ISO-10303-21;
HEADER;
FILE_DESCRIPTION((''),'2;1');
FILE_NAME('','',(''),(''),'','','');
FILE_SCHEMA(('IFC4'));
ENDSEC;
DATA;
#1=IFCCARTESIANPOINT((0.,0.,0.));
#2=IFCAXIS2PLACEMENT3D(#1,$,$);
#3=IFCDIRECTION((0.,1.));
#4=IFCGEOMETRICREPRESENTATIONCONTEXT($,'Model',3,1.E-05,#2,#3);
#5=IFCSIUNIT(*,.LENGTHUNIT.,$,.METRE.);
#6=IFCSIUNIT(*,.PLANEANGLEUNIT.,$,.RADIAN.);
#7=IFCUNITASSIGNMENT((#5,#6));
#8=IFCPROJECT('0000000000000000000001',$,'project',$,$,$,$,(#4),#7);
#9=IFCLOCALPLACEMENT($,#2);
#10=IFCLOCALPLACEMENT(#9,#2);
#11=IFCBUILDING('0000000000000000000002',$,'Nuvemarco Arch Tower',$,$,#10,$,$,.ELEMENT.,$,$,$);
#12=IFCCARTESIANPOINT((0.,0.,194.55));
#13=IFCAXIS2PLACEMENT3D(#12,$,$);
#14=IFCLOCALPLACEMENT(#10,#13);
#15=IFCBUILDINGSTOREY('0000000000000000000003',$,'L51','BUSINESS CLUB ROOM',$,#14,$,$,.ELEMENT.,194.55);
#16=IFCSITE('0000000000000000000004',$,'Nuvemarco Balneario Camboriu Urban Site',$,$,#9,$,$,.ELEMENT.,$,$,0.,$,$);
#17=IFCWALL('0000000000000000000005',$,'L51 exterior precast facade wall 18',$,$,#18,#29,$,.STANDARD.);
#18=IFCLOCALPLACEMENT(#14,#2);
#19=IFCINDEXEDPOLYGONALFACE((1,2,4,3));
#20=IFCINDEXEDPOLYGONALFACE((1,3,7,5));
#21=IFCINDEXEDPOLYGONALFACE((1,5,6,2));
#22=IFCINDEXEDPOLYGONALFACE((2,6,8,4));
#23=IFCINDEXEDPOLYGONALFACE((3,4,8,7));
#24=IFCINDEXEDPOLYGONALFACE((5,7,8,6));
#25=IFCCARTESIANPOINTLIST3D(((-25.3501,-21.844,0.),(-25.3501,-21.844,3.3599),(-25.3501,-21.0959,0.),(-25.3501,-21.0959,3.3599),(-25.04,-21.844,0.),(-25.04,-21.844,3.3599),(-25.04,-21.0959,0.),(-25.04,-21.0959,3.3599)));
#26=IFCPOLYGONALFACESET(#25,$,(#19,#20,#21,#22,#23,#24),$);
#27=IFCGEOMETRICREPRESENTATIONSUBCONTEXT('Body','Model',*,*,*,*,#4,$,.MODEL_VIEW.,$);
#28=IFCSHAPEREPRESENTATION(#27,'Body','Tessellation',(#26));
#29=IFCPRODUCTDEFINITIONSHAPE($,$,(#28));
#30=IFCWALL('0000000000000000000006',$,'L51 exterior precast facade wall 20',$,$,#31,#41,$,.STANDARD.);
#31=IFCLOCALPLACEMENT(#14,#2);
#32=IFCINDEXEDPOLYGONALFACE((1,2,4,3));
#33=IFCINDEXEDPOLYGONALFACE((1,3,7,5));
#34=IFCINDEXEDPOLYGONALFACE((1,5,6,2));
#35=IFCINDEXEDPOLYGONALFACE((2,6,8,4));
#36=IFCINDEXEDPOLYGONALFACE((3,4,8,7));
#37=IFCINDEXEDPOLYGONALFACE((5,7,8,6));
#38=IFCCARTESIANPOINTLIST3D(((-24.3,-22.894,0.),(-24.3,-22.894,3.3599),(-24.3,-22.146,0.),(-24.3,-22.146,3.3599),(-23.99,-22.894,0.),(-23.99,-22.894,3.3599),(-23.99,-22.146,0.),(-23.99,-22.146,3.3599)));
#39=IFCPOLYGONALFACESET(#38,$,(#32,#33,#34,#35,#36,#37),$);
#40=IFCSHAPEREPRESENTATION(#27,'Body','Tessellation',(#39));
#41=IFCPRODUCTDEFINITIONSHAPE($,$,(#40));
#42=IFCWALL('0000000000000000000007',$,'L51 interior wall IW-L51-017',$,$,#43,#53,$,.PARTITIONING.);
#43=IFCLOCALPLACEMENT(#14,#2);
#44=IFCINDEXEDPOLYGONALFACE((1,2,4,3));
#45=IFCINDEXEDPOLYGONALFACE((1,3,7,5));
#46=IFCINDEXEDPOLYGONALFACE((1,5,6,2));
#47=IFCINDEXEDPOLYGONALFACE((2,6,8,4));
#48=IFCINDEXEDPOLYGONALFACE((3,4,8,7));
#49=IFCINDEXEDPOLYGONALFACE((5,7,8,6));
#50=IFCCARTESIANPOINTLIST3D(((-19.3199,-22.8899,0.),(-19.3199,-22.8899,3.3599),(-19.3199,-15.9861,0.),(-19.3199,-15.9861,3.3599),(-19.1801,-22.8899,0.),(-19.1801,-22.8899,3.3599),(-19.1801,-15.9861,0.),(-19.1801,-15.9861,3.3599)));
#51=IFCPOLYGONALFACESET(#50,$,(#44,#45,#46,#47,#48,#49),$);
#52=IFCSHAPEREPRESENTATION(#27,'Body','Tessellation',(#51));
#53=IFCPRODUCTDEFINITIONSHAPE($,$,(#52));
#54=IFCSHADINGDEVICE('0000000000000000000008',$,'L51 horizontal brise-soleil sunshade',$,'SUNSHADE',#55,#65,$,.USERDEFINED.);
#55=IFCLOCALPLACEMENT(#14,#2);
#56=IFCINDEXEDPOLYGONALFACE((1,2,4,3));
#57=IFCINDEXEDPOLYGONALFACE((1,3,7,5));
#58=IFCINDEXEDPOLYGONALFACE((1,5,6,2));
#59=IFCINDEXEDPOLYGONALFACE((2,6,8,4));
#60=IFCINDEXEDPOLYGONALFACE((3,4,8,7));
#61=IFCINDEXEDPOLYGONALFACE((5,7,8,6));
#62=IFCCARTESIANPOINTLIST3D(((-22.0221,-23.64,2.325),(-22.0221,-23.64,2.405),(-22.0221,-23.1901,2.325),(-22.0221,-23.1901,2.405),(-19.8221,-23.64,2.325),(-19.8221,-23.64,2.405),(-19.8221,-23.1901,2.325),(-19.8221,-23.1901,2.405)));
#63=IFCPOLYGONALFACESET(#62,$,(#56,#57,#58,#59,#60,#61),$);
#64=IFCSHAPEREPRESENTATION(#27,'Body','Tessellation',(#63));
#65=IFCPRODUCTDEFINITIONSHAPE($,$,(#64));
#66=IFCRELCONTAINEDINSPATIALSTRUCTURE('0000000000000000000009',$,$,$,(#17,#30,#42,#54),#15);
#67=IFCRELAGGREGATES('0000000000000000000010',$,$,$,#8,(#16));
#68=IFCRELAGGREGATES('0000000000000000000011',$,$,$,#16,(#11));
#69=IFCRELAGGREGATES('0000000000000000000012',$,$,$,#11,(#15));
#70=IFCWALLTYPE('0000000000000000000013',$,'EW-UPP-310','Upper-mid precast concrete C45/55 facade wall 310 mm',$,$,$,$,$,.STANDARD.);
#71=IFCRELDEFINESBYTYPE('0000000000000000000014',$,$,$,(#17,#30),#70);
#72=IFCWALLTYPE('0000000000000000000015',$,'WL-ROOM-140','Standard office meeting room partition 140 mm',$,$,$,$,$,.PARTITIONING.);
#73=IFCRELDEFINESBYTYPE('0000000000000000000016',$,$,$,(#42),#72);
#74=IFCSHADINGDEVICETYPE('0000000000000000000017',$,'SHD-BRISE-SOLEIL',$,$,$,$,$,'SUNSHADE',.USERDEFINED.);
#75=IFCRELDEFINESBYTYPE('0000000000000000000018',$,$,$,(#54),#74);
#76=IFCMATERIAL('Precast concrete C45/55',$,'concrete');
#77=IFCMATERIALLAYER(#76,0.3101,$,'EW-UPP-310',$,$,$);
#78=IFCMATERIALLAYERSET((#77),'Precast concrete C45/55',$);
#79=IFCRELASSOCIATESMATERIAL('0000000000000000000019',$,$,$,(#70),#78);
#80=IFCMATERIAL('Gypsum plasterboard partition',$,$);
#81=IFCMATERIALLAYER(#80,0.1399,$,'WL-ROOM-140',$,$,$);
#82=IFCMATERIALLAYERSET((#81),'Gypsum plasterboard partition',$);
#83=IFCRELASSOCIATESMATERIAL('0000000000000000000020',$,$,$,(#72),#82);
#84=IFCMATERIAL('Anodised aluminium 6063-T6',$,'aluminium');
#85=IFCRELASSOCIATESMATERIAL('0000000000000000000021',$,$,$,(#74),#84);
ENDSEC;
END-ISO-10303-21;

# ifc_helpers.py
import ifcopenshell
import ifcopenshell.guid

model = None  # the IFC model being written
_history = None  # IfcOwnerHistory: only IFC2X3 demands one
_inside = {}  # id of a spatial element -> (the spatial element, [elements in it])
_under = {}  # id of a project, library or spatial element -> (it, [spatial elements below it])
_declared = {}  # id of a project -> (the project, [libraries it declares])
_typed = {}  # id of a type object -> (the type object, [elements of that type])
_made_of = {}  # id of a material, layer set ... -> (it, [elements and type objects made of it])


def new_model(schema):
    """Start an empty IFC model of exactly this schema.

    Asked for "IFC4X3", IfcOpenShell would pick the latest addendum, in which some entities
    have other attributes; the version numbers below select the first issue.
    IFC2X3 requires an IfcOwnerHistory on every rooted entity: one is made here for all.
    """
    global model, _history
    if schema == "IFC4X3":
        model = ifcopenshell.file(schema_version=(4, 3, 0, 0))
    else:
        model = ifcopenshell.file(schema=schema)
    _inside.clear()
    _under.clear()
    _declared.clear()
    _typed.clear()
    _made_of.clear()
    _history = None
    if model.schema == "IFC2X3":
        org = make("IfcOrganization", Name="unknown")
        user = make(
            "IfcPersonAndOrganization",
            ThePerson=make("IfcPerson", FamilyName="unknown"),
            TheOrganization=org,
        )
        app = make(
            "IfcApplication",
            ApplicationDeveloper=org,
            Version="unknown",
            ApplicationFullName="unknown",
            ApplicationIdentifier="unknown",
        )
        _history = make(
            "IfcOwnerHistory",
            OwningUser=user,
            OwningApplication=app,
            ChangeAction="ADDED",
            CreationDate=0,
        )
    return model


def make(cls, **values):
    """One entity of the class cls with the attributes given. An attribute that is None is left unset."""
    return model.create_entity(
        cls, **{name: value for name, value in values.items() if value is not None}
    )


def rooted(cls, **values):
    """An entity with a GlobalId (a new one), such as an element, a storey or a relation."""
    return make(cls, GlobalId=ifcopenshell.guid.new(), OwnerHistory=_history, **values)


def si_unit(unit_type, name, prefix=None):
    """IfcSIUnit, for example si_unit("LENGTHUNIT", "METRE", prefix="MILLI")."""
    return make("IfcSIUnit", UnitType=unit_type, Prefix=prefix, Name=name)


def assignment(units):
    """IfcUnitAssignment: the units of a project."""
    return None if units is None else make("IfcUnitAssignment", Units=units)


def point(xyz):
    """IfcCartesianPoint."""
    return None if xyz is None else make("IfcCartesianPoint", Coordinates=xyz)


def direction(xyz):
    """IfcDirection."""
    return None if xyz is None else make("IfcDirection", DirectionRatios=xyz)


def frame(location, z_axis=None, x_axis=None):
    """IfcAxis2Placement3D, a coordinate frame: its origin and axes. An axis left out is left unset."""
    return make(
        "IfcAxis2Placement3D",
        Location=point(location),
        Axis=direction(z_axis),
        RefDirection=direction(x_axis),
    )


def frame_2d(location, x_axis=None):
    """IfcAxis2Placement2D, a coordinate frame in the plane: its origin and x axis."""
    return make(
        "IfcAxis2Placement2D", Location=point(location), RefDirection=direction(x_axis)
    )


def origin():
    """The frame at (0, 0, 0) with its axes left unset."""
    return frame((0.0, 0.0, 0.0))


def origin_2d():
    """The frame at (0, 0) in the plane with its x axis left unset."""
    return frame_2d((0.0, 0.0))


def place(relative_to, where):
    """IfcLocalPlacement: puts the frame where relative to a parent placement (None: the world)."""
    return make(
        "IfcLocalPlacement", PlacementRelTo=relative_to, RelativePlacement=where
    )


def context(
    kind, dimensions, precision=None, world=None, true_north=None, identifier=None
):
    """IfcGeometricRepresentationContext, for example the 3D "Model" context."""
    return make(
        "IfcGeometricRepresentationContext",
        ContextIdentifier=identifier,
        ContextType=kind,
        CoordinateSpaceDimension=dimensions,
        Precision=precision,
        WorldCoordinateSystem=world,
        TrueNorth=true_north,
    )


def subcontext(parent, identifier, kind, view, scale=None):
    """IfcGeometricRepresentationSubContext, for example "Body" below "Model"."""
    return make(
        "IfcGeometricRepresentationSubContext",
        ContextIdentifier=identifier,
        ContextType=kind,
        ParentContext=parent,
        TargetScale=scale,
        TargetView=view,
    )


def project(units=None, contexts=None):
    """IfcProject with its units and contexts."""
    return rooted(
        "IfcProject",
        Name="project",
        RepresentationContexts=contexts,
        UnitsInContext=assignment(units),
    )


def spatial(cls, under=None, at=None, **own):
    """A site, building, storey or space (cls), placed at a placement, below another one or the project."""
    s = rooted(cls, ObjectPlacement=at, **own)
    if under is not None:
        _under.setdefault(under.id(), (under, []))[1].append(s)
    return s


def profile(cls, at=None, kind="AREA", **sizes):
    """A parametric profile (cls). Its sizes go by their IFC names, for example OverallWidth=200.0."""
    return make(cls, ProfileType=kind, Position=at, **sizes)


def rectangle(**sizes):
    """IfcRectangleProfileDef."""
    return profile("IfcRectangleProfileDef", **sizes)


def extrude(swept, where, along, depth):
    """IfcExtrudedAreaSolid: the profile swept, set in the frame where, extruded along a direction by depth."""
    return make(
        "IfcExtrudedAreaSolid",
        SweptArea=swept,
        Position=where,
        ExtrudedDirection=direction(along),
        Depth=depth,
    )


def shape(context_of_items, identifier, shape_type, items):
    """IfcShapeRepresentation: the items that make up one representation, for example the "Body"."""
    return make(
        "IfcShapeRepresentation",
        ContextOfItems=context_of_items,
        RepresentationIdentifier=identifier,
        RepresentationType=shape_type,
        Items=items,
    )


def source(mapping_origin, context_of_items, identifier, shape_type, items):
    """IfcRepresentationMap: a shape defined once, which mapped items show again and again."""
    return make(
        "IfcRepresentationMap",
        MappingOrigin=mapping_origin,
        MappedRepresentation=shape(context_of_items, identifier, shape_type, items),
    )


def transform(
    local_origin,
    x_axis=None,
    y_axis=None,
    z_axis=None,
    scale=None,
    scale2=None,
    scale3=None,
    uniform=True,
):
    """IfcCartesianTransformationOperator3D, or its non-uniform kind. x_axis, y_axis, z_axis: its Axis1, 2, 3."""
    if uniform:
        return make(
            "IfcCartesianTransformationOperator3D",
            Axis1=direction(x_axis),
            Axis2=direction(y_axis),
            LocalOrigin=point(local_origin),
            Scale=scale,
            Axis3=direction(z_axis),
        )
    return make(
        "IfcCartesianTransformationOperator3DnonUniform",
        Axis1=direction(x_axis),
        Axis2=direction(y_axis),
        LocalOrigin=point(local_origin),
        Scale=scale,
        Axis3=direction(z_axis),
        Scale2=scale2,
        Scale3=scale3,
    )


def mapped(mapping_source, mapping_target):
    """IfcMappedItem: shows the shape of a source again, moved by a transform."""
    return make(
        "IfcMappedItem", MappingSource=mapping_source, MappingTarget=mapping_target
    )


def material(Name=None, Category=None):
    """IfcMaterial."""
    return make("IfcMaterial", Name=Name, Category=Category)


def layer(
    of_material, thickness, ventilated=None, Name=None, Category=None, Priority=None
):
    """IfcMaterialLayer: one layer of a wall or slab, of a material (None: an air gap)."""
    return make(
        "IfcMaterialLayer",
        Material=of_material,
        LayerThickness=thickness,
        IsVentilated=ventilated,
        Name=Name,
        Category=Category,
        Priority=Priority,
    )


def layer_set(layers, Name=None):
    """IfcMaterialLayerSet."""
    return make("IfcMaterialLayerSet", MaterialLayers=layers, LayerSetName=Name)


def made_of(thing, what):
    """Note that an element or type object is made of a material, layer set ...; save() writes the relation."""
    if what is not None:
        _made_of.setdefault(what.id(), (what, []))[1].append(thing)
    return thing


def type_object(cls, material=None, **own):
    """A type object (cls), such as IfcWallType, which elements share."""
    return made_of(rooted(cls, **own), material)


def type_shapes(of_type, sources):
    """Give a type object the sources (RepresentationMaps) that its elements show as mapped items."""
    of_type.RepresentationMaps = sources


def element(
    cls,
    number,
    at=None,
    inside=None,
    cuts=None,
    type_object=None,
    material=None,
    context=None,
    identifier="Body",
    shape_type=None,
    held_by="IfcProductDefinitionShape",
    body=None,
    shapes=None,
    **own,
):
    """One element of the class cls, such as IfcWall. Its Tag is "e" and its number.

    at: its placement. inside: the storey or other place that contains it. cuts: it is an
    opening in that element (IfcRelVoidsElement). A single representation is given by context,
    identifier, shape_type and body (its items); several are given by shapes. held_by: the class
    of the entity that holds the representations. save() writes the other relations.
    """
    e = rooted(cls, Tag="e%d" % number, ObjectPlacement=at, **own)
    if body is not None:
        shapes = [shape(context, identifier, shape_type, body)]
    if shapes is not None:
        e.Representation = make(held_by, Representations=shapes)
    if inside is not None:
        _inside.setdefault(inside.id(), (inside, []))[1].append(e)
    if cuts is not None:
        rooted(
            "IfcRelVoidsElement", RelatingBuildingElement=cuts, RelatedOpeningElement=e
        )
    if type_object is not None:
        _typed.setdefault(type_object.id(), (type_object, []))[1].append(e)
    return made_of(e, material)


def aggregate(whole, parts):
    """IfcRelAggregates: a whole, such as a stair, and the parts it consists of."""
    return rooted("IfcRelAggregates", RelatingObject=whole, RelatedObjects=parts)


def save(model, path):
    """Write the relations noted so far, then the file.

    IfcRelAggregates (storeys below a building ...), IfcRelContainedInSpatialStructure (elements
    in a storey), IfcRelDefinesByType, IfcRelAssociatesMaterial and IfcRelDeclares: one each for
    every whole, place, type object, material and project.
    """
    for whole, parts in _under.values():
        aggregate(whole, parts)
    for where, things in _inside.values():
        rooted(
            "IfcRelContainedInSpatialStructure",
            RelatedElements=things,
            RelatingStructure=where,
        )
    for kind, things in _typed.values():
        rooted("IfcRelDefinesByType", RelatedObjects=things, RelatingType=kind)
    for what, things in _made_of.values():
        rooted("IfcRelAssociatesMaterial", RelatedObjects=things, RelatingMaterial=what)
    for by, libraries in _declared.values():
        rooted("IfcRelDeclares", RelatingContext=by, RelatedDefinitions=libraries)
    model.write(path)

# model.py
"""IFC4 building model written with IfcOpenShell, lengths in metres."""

from ifc_helpers import new_model, si_unit, direction, frame, frame_2d, origin, origin_2d, place, context, subcontext, project, spatial, rectangle, extrude, source, transform, mapped, material, layer, layer_set, type_object, type_shapes, element, save


model = new_model("IFC4")

# Units and contexts
model_context = context("Model", 3, precision=1e-05, world=origin(), true_north=direction((0.0, 1.0)))
body_context = subcontext(model_context, "Body", "Model", "MODEL_VIEW")
ifc_project = project(units=[si_unit("LENGTHUNIT", "METRE"), si_unit("PLANEANGLEUNIT", "RADIAN")], contexts=[model_context])

# Site, building, storey
site_placement = place(None, origin())
site = spatial("IfcSite", under=ifc_project, at=site_placement, Name="Nuvemarco Balneario Camboriu Urban Site", CompositionType="ELEMENT", RefElevation=0.0)
building_placement = place(site_placement, origin())
building = spatial("IfcBuilding", under=site, at=building_placement, Name="Nuvemarco Arch Tower", CompositionType="ELEMENT")
storey_placement = place(building_placement, frame((0.0, 0.0, 194.55)))
storey = spatial("IfcBuildingStorey", under=building, at=storey_placement, Name="L51", Description="BUSINESS CLUB ROOM", CompositionType="ELEMENT", Elevation=194.55)

# Shared definitions
ifc_material_1 = material(Name="Precast concrete C45/55", Category="concrete")
ifc_layer_1 = layer(ifc_material_1, 0.3101, Name="EW-UPP-310")
ifc_layer_set_1 = layer_set([ifc_layer_1], Name="Precast concrete C45/55")
wall_type_1 = type_object("IfcWallType", Name="EW-UPP-310", Description="Upper-mid precast concrete C45/55 facade wall 310 mm", PredefinedType="STANDARD", material=ifc_layer_set_1)

# Walls
for number, where, z_axis, x_axis, name in (
    (1, (-25.1951, -21.844, 0.0), (0.0, 0.0, 1.0), (0.0, 1.0, 0.0), "L51 exterior precast facade wall 18"),
    (2, (-24.145, -22.894, 0.0), (0.0, 0.0, 1.0), (0.0, 1.0, 0.0), "L51 exterior precast facade wall 20"),
):
    element("IfcWall", number, at=place(storey_placement, frame(where, z_axis=z_axis, x_axis=x_axis)), inside=storey, type_object=wall_type_1, Name=name, PredefinedType="STANDARD", context=body_context, shape_type="SweptSolid", body=[
        extrude(rectangle(XDim=0.748, YDim=0.3101, at=frame_2d((0.374, 0.0))), origin(), (0.0, 0.0, 1.0), 3.3599),
    ])
ifc_material_2 = material(Name="Gypsum plasterboard partition")
ifc_layer_2 = layer(ifc_material_2, 0.1399, Name="WL-ROOM-140")
ifc_layer_set_2 = layer_set([ifc_layer_2], Name="Gypsum plasterboard partition")
wall_type_2 = type_object("IfcWallType", Name="WL-ROOM-140", Description="Standard office meeting room partition 140 mm", PredefinedType="PARTITIONING", material=ifc_layer_set_2)
wall_1_placement = place(storey_placement, frame((-19.25, -22.8899, 0.0), z_axis=(0.0, 0.0, 1.0), x_axis=(0.0, 1.0, 0.0)))
element("IfcWall", 3, at=wall_1_placement, inside=storey, type_object=wall_type_2, Name="L51 interior wall IW-L51-017", PredefinedType="PARTITIONING", context=body_context, shape_type="SweptSolid", body=[
    extrude(rectangle(XDim=6.9038, YDim=0.1399, at=frame_2d((3.4519, 0.0))), origin(), (0.0, 0.0, 1.0), 3.3599),
])

# Shading device
ifc_material_3 = material(Name="Anodised aluminium 6063-T6", Category="aluminium")
shading_device_type = type_object("IfcShadingDeviceType", Name="SHD-BRISE-SOLEIL", ElementType="SUNSHADE", PredefinedType="USERDEFINED", material=ifc_material_3)
shared_shape_1 = source(origin(), body_context, "Body", "SweptSolid", [
    extrude(rectangle(XDim=2.2, YDim=0.45, at=origin_2d()), origin(), (0.0, 0.0, 1.0), 0.0801),
])
type_shapes(shading_device_type, [shared_shape_1])
shading_device_placement = place(storey_placement, frame((-20.9221, -23.415, 2.325), z_axis=(0.0, 0.0, 1.0), x_axis=(1.0, 0.0, 0.0)))
element("IfcShadingDevice", 4, at=shading_device_placement, inside=storey, type_object=shading_device_type, Name="L51 horizontal brise-soleil sunshade", ObjectType="SUNSHADE", PredefinedType="USERDEFINED", context=body_context, shape_type="MappedRepresentation", body=[
    mapped(shared_shape_1, transform((0.0, 0.0, 0.0), scale=1.0)),
])

save(model, "model.ifc")
